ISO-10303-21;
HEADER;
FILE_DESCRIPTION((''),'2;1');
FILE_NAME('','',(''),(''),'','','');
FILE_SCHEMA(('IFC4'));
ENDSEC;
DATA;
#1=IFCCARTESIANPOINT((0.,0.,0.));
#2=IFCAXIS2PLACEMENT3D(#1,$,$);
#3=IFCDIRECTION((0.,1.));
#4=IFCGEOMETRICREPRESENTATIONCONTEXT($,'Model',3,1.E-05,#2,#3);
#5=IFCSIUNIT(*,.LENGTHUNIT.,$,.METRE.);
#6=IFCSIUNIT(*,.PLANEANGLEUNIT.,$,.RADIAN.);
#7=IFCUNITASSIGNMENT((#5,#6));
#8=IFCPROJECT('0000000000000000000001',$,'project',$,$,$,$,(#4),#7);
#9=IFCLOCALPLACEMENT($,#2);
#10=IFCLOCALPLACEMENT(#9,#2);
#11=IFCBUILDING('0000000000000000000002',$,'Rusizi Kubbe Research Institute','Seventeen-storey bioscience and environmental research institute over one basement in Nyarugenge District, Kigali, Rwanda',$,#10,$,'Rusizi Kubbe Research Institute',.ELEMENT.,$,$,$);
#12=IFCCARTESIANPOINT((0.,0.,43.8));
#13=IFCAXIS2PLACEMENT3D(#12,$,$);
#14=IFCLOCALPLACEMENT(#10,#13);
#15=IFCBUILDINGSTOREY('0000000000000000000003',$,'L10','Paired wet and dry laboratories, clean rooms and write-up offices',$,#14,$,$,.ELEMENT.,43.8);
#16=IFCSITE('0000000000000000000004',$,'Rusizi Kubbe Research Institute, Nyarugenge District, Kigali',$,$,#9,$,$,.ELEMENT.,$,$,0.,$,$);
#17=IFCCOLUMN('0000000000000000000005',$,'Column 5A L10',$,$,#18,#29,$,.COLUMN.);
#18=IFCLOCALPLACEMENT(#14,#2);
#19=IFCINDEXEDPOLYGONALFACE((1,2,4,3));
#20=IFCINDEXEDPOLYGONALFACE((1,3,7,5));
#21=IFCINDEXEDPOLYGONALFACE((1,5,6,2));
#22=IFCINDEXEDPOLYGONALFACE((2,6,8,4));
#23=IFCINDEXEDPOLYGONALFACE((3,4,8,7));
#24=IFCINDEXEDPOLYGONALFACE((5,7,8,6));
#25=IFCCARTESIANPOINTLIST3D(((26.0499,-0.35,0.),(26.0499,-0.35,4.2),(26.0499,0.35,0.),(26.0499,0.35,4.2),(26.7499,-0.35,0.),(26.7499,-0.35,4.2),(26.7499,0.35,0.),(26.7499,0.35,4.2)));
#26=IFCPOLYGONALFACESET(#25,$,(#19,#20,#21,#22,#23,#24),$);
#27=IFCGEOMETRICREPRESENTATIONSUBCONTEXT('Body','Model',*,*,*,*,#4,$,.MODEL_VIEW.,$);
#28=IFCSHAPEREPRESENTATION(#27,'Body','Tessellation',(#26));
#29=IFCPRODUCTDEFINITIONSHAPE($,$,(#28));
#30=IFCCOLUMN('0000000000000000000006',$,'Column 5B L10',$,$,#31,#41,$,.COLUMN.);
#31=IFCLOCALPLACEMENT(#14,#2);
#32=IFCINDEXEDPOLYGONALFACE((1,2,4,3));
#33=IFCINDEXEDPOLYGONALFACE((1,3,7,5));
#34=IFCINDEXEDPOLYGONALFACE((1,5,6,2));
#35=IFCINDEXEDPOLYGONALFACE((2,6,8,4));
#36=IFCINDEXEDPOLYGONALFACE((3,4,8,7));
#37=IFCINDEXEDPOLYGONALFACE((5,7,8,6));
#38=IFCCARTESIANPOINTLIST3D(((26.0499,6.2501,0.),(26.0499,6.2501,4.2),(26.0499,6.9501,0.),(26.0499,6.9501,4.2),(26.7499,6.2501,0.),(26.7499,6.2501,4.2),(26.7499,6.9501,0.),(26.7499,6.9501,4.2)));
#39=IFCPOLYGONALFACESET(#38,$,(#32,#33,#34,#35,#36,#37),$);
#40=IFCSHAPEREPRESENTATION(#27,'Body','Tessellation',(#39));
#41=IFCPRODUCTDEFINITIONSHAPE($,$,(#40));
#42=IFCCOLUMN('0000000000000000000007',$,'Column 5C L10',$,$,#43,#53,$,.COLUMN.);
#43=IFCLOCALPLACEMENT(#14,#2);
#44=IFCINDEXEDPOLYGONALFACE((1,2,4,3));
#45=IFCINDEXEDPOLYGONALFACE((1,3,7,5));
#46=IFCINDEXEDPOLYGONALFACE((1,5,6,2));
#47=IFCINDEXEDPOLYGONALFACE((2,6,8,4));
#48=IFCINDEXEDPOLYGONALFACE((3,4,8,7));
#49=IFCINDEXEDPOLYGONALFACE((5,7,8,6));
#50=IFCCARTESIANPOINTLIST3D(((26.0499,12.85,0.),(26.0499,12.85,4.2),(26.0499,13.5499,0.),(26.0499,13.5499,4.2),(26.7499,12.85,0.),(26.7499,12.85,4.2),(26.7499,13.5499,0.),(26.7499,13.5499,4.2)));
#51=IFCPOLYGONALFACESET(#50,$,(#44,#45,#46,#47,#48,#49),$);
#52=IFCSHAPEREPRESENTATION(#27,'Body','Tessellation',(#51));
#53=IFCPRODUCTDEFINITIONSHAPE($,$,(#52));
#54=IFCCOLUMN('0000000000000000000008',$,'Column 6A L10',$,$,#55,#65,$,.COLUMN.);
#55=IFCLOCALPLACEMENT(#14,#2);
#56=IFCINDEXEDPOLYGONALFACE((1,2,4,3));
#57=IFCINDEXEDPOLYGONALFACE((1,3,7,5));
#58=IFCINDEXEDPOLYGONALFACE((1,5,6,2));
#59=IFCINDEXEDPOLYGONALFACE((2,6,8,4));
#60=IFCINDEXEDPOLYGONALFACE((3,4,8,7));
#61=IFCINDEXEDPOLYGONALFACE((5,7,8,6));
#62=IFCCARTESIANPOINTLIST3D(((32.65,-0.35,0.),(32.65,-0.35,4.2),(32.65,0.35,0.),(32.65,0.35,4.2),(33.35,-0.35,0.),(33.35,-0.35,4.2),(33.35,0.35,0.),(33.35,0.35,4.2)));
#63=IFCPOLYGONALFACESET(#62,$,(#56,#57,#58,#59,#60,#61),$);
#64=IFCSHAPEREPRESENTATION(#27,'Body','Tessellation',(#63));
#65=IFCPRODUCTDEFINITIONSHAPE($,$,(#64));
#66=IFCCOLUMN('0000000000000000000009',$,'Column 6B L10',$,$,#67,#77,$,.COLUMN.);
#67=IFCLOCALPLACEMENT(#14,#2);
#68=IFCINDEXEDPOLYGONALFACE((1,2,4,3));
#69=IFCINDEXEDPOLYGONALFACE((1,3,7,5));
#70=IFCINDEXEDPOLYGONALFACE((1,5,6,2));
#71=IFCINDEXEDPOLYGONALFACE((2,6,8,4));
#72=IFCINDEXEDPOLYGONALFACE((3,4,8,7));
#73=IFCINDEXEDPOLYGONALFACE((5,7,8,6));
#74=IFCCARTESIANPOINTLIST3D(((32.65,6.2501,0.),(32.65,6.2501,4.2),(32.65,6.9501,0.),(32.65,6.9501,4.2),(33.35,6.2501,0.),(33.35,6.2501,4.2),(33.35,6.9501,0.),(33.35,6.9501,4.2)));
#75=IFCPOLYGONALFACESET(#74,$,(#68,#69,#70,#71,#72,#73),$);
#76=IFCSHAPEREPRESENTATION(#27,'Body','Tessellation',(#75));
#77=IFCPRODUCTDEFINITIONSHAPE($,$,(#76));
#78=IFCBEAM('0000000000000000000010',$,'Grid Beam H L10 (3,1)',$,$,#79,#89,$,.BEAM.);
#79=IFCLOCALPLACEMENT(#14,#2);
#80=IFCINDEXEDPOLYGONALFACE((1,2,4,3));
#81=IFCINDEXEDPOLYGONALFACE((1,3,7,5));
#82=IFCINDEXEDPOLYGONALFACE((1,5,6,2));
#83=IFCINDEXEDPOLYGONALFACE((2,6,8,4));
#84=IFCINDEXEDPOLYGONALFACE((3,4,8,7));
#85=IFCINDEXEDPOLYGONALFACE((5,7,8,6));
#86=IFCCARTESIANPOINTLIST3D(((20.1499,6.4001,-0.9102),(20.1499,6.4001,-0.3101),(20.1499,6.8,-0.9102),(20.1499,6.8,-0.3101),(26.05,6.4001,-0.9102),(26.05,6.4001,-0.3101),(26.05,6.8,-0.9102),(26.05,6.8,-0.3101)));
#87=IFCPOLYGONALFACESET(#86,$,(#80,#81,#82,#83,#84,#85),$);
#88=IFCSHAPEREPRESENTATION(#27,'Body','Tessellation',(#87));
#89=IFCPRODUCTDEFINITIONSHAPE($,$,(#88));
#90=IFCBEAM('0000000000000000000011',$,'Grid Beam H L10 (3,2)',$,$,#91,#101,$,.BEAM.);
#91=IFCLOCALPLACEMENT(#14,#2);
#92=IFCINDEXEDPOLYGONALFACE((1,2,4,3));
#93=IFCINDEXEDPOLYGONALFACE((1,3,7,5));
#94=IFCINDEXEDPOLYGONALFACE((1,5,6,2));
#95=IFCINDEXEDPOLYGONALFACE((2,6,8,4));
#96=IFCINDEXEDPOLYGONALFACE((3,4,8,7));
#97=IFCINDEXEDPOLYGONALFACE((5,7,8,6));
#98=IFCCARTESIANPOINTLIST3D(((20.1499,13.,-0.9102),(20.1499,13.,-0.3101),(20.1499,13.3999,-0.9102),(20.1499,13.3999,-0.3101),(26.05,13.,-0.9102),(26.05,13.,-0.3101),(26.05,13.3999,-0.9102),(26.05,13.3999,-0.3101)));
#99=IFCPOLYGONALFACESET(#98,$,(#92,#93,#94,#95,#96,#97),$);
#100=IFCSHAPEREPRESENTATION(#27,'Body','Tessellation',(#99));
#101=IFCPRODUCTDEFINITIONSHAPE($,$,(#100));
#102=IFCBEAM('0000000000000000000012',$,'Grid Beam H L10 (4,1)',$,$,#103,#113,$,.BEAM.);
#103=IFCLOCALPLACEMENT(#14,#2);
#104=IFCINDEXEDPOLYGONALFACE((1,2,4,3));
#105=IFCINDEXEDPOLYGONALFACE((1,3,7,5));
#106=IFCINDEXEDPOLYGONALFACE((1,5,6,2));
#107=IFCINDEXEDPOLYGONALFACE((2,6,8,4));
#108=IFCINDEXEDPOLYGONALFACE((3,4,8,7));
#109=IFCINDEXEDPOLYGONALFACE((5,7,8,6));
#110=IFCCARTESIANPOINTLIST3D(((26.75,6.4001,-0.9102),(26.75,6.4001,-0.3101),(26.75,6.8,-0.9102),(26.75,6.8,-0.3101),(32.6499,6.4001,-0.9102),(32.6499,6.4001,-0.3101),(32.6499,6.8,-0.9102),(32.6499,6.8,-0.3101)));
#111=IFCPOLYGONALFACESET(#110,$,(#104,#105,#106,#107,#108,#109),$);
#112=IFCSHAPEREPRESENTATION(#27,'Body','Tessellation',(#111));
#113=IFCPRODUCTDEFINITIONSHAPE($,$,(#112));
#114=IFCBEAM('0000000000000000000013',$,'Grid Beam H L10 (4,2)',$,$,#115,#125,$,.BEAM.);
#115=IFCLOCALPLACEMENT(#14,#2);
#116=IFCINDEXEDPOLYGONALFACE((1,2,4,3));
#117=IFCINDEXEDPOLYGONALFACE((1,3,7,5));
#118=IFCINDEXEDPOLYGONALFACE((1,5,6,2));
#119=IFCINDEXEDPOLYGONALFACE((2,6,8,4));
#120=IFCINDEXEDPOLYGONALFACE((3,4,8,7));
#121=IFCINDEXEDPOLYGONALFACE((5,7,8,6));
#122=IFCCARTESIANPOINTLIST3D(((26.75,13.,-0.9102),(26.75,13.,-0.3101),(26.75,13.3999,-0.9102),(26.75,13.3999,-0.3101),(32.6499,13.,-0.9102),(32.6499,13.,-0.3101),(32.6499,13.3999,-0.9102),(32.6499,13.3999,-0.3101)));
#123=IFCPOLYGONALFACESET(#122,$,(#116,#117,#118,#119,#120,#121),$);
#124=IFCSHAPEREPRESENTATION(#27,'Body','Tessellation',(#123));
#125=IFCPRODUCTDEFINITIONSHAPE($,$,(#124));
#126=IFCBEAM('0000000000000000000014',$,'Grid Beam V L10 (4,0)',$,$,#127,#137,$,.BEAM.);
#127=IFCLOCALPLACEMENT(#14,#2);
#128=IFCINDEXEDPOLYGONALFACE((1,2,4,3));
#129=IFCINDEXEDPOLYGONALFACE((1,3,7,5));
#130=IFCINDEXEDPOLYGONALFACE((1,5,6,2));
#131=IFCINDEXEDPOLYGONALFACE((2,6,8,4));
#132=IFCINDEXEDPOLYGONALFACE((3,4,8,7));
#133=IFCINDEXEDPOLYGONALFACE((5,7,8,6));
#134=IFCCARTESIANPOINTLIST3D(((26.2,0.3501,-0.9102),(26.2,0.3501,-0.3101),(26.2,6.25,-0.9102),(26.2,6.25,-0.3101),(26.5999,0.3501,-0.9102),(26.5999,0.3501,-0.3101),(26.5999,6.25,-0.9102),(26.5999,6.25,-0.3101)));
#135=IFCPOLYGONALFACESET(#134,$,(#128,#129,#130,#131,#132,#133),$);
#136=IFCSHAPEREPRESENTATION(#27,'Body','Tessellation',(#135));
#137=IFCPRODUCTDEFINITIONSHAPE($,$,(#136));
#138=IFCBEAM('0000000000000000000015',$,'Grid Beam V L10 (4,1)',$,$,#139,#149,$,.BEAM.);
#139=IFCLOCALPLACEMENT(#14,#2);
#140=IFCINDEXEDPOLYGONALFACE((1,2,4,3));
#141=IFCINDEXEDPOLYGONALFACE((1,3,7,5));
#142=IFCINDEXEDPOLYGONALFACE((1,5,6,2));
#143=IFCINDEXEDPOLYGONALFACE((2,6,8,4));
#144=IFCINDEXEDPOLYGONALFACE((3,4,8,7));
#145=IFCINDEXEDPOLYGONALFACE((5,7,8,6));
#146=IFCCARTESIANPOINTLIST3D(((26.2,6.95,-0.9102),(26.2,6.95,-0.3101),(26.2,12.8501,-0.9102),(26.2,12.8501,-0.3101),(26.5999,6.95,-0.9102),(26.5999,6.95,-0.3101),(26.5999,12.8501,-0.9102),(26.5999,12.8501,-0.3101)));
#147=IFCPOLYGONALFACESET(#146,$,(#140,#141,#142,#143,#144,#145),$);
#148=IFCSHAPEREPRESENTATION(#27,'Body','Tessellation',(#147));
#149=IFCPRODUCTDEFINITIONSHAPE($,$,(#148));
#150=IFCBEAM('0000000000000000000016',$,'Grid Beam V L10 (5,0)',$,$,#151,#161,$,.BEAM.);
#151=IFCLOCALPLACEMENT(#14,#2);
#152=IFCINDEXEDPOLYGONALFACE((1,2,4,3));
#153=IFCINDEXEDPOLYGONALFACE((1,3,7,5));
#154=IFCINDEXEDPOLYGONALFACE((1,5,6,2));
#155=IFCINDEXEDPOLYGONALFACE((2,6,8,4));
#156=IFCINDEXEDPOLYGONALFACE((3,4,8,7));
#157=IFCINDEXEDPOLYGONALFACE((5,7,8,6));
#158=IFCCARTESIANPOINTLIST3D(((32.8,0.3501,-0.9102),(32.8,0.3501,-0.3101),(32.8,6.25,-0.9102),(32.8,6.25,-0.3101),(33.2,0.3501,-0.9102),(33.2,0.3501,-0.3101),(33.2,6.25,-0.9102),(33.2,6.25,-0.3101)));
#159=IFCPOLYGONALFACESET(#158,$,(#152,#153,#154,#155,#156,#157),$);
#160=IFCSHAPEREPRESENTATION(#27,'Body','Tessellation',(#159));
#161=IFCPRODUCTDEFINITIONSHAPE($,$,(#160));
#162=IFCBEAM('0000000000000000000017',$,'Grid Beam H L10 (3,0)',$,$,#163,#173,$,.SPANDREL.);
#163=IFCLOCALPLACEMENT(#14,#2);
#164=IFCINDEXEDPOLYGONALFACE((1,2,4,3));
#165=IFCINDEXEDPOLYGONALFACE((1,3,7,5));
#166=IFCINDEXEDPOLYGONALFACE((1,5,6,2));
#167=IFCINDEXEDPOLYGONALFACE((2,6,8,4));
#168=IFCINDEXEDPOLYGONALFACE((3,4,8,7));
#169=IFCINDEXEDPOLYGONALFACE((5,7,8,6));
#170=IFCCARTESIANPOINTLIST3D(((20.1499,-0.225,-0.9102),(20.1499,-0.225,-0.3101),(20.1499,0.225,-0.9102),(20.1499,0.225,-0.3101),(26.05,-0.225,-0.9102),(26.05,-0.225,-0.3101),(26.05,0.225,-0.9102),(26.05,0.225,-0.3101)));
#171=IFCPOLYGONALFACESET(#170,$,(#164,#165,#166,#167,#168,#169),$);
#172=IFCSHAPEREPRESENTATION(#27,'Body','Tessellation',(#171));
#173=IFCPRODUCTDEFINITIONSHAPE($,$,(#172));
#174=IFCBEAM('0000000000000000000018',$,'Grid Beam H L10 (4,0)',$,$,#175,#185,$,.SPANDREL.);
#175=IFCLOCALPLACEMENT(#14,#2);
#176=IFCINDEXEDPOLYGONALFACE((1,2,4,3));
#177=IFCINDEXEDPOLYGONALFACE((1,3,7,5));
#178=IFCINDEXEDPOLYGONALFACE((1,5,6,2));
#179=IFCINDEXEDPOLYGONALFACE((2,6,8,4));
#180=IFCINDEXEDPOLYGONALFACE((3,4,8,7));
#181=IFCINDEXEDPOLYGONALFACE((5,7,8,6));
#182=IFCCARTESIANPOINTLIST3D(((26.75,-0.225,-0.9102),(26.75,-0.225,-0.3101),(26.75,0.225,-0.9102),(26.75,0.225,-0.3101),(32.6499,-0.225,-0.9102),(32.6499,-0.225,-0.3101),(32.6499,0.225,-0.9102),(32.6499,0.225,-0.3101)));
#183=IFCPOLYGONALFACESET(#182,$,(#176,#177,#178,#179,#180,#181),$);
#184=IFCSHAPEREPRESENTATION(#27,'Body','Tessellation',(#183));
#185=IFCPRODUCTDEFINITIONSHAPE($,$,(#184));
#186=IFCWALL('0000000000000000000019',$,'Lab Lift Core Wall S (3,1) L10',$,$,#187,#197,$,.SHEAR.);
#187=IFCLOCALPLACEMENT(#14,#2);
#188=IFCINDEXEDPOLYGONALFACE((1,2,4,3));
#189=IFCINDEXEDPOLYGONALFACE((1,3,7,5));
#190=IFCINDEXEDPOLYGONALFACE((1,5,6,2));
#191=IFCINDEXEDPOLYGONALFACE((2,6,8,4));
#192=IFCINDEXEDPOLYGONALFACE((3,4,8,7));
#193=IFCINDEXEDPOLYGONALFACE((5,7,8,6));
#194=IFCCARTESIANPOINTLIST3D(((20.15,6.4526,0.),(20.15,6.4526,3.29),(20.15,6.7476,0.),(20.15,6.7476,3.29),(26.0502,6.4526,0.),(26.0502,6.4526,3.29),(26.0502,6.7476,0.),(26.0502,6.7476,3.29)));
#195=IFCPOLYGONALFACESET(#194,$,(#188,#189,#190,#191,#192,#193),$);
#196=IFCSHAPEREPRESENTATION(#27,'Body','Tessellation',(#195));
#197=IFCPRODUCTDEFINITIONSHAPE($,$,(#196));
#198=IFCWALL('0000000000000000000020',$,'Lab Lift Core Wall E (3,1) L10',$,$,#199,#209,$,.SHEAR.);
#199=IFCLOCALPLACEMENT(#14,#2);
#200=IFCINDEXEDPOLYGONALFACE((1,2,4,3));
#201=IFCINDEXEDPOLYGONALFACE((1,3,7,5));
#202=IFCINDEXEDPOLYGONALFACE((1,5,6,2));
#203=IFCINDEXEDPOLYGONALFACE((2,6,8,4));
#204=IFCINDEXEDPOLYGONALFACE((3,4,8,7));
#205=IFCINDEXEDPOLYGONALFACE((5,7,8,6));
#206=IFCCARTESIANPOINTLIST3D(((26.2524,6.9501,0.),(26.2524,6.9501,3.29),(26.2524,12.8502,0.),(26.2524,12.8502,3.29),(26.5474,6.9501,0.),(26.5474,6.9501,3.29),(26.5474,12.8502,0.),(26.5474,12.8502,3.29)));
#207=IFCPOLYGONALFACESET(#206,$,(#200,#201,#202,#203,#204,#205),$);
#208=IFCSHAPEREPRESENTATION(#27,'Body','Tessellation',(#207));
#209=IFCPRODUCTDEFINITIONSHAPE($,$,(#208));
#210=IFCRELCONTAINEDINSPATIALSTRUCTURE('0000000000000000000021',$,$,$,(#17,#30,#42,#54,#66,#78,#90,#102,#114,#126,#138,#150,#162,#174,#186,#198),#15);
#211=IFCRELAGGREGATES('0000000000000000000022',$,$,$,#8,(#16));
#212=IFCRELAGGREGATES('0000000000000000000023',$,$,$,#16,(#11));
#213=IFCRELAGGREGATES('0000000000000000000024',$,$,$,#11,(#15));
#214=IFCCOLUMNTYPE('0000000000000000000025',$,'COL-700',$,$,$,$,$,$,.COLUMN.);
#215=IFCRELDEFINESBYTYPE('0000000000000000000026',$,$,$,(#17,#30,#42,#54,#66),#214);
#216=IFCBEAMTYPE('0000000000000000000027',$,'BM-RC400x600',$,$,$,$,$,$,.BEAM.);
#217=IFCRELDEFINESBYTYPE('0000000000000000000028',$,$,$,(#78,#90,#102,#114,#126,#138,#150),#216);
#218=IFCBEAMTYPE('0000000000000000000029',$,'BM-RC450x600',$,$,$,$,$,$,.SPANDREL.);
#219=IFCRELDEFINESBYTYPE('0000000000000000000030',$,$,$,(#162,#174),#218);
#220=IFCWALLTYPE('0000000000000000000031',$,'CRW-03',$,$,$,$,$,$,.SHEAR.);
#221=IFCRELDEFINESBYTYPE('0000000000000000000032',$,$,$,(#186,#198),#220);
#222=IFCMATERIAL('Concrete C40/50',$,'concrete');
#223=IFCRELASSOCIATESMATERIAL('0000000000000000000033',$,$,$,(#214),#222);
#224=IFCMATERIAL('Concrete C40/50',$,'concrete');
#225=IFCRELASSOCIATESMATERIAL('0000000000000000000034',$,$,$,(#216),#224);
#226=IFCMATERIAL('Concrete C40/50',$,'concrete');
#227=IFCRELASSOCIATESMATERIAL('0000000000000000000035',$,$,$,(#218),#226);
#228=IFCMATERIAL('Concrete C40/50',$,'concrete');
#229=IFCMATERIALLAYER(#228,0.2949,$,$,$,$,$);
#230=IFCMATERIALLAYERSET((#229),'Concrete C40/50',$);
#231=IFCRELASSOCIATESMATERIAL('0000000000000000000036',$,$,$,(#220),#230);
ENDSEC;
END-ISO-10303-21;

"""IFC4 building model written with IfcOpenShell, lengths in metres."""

from ifc_helpers import new_model, si_unit, direction, frame, frame_2d, origin, origin_2d, place, context, subcontext, project, spatial, rectangle, extrude, material, layer, layer_set, material_profile, profile_set, type_object, element, save


model = new_model("IFC4")

# Units and contexts
model_context = context("Model", 3, precision=1e-05, world=origin(), true_north=direction((0.0, 1.0)))
body_context = subcontext(model_context, "Body", "Model", "MODEL_VIEW")
ifc_project = project(units=[si_unit("LENGTHUNIT", "METRE"), si_unit("PLANEANGLEUNIT", "RADIAN")], contexts=[model_context])

# Site, building, storey
site_placement = place(None, origin())
site = spatial("IfcSite", under=ifc_project, at=site_placement, Name="Rusizi Kubbe Research Institute, Nyarugenge District, Kigali", CompositionType="ELEMENT", RefElevation=0.0)
building_placement = place(site_placement, origin())
building = spatial("IfcBuilding", under=site, at=building_placement, Name="Rusizi Kubbe Research Institute", Description="Seventeen-storey bioscience and environmental research institute over one basement in Nyarugenge District, Kigali, Rwanda", LongName="Rusizi Kubbe Research Institute", CompositionType="ELEMENT")
storey_placement = place(building_placement, frame((0.0, 0.0, 43.8)))
storey = spatial("IfcBuildingStorey", under=building, at=storey_placement, Name="L10", Description="Paired wet and dry laboratories, clean rooms and write-up offices", CompositionType="ELEMENT", Elevation=43.8)

# Columns
ifc_material_1 = material(Name="Concrete C40/50", Category="concrete")
ifc_material_profile_1 = material_profile(ifc_material_1, rectangle(XDim=0.7, YDim=0.7, at=origin_2d()), Name="RC700x700")
ifc_profile_set_1 = profile_set([ifc_material_profile_1], Name="Concrete C40/50")
column_type = type_object("IfcColumnType", Name="COL-700", PredefinedType="COLUMN", material=ifc_profile_set_1)
for number, where, z_axis, x_axis, name in (
    (1, (26.3999, 0.0, 0.0), (0.0, 0.0, 1.0), (1.0, 0.0, 0.0), "Column 5A L10"),
    (2, (26.3999, 6.6001, 0.0), (0.0, 0.0, 1.0), (1.0, 0.0, 0.0), "Column 5B L10"),
    (3, (26.3999, 13.2, 0.0), (0.0, 0.0, 1.0), (1.0, 0.0, 0.0), "Column 5C L10"),
    (4, (33.0, 0.0, 0.0), (0.0, 0.0, 1.0), (1.0, 0.0, 0.0), "Column 6A L10"),
    (5, (33.0, 6.6001, 0.0), (0.0, 0.0, 1.0), (1.0, 0.0, 0.0), "Column 6B L10"),
):
    element("IfcColumn", number, at=place(storey_placement, frame(where, z_axis=z_axis, x_axis=x_axis)), inside=storey, type_object=column_type, Name=name, PredefinedType="COLUMN", context=body_context, shape_type="SweptSolid", body=[
        extrude(rectangle(XDim=0.7, YDim=0.7, at=origin_2d()), origin(), (0.0, 0.0, 1.0), 4.2),
    ])

# Beams
ifc_material_2 = material(Name="Concrete C40/50", Category="concrete")
ifc_material_profile_2 = material_profile(ifc_material_2, rectangle(XDim=0.3999, YDim=0.6001, at=origin_2d()), Name="RC400x600")
ifc_profile_set_2 = profile_set([ifc_material_profile_2], Name="Concrete C40/50")
beam_type_1 = type_object("IfcBeamType", Name="BM-RC400x600", PredefinedType="BEAM", material=ifc_profile_set_2)
for number, where, z_axis, x_axis, name in (
    (6, (20.1499, 6.6001, -0.6101), (1.0, 0.0, 0.0), (0.0, 1.0, 0.0), "Grid Beam H L10 (3,1)"),
    (7, (20.1499, 13.2, -0.6101), (1.0, 0.0, 0.0), (0.0, 1.0, 0.0), "Grid Beam H L10 (3,2)"),
):
    element("IfcBeam", number, at=place(storey_placement, frame(where, z_axis=z_axis, x_axis=x_axis)), inside=storey, type_object=beam_type_1, Name=name, PredefinedType="BEAM", context=body_context, shape_type="SweptSolid", body=[
        extrude(rectangle(XDim=0.3999, YDim=0.6001, at=origin_2d()), origin(), (0.0, 0.0, 1.0), 5.9001),
    ])
for number, where, z_axis, x_axis, name in (
    (8, (26.75, 6.6001, -0.6101), (1.0, 0.0, 0.0), (0.0, 1.0, 0.0), "Grid Beam H L10 (4,1)"),
    (9, (26.75, 13.2, -0.6101), (1.0, 0.0, 0.0), (0.0, 1.0, 0.0), "Grid Beam H L10 (4,2)"),
    (10, (26.3999, 0.3501, -0.6101), (0.0, 1.0, 0.0), (-1.0, 0.0, 0.0), "Grid Beam V L10 (4,0)"),
):
    element("IfcBeam", number, at=place(storey_placement, frame(where, z_axis=z_axis, x_axis=x_axis)), inside=storey, type_object=beam_type_1, Name=name, PredefinedType="BEAM", context=body_context, shape_type="SweptSolid", body=[
        extrude(rectangle(XDim=0.3999, YDim=0.6001, at=origin_2d()), origin(), (0.0, 0.0, 1.0), 5.8999),
    ])
beam_1_placement = place(storey_placement, frame((26.3999, 6.95, -0.6101), z_axis=(0.0, 1.0, 0.0), x_axis=(-1.0, 0.0, 0.0)))
element("IfcBeam", 11, at=beam_1_placement, inside=storey, type_object=beam_type_1, Name="Grid Beam V L10 (4,1)", PredefinedType="BEAM", context=body_context, shape_type="SweptSolid", body=[
    extrude(rectangle(XDim=0.3999, YDim=0.6001, at=origin_2d()), origin(), (0.0, 0.0, 1.0), 5.9001),
])
beam_2_placement = place(storey_placement, frame((33.0, 0.3501, -0.6101), z_axis=(0.0, 1.0, 0.0), x_axis=(-1.0, 0.0, 0.0)))
element("IfcBeam", 12, at=beam_2_placement, inside=storey, type_object=beam_type_1, Name="Grid Beam V L10 (5,0)", PredefinedType="BEAM", context=body_context, shape_type="SweptSolid", body=[
    extrude(rectangle(XDim=0.3999, YDim=0.6001, at=origin_2d()), origin(), (0.0, 0.0, 1.0), 5.8999),
])
ifc_material_3 = material(Name="Concrete C40/50", Category="concrete")
ifc_material_profile_3 = material_profile(ifc_material_3, rectangle(XDim=0.45, YDim=0.6001, at=origin_2d()), Name="RC450x600")
ifc_profile_set_3 = profile_set([ifc_material_profile_3], Name="Concrete C40/50")
beam_type_2 = type_object("IfcBeamType", Name="BM-RC450x600", PredefinedType="SPANDREL", material=ifc_profile_set_3)
beam_3_placement = place(storey_placement, frame((20.1499, 0.0, -0.6101), z_axis=(1.0, 0.0, 0.0), x_axis=(0.0, 1.0, 0.0)))
element("IfcBeam", 13, at=beam_3_placement, inside=storey, type_object=beam_type_2, Name="Grid Beam H L10 (3,0)", PredefinedType="SPANDREL", context=body_context, shape_type="SweptSolid", body=[
    extrude(rectangle(XDim=0.45, YDim=0.6001, at=origin_2d()), origin(), (0.0, 0.0, 1.0), 5.9001),
])
beam_4_placement = place(storey_placement, frame((26.75, 0.0, -0.6101), z_axis=(1.0, 0.0, 0.0), x_axis=(0.0, 1.0, 0.0)))
element("IfcBeam", 14, at=beam_4_placement, inside=storey, type_object=beam_type_2, Name="Grid Beam H L10 (4,0)", PredefinedType="SPANDREL", context=body_context, shape_type="SweptSolid", body=[
    extrude(rectangle(XDim=0.45, YDim=0.6001, at=origin_2d()), origin(), (0.0, 0.0, 1.0), 5.8999),
])

# Walls
ifc_material_4 = material(Name="Concrete C40/50", Category="concrete")
ifc_layer_1 = layer(ifc_material_4, 0.2949)
ifc_layer_set_1 = layer_set([ifc_layer_1], Name="Concrete C40/50")
wall_type_1 = type_object("IfcWallType", Name="CRW-03", PredefinedType="SHEAR", material=ifc_layer_set_1)
for number, where, z_axis, x_axis, name in (
    (15, (20.1499, 6.6001, 0.0), (0.0, 0.0, 1.0), (1.0, 0.0, 0.0), "Lab Lift Core Wall S (3,1) L10"),
    (16, (26.3999, 6.95, 0.0), (0.0, 0.0, 1.0), (0.0, 1.0, 0.0), "Lab Lift Core Wall E (3,1) L10"),
):
    element("IfcWall", number, at=place(storey_placement, frame(where, z_axis=z_axis, x_axis=x_axis)), inside=storey, type_object=wall_type_1, Name=name, PredefinedType="SHEAR", context=body_context, shape_type="SweptSolid", body=[
        extrude(rectangle(XDim=5.9001, YDim=0.2949, at=frame_2d((2.9502, 0.0))), origin(), (0.0, 0.0, 1.0), 3.29),
    ])

save(model, "model.ifc")
